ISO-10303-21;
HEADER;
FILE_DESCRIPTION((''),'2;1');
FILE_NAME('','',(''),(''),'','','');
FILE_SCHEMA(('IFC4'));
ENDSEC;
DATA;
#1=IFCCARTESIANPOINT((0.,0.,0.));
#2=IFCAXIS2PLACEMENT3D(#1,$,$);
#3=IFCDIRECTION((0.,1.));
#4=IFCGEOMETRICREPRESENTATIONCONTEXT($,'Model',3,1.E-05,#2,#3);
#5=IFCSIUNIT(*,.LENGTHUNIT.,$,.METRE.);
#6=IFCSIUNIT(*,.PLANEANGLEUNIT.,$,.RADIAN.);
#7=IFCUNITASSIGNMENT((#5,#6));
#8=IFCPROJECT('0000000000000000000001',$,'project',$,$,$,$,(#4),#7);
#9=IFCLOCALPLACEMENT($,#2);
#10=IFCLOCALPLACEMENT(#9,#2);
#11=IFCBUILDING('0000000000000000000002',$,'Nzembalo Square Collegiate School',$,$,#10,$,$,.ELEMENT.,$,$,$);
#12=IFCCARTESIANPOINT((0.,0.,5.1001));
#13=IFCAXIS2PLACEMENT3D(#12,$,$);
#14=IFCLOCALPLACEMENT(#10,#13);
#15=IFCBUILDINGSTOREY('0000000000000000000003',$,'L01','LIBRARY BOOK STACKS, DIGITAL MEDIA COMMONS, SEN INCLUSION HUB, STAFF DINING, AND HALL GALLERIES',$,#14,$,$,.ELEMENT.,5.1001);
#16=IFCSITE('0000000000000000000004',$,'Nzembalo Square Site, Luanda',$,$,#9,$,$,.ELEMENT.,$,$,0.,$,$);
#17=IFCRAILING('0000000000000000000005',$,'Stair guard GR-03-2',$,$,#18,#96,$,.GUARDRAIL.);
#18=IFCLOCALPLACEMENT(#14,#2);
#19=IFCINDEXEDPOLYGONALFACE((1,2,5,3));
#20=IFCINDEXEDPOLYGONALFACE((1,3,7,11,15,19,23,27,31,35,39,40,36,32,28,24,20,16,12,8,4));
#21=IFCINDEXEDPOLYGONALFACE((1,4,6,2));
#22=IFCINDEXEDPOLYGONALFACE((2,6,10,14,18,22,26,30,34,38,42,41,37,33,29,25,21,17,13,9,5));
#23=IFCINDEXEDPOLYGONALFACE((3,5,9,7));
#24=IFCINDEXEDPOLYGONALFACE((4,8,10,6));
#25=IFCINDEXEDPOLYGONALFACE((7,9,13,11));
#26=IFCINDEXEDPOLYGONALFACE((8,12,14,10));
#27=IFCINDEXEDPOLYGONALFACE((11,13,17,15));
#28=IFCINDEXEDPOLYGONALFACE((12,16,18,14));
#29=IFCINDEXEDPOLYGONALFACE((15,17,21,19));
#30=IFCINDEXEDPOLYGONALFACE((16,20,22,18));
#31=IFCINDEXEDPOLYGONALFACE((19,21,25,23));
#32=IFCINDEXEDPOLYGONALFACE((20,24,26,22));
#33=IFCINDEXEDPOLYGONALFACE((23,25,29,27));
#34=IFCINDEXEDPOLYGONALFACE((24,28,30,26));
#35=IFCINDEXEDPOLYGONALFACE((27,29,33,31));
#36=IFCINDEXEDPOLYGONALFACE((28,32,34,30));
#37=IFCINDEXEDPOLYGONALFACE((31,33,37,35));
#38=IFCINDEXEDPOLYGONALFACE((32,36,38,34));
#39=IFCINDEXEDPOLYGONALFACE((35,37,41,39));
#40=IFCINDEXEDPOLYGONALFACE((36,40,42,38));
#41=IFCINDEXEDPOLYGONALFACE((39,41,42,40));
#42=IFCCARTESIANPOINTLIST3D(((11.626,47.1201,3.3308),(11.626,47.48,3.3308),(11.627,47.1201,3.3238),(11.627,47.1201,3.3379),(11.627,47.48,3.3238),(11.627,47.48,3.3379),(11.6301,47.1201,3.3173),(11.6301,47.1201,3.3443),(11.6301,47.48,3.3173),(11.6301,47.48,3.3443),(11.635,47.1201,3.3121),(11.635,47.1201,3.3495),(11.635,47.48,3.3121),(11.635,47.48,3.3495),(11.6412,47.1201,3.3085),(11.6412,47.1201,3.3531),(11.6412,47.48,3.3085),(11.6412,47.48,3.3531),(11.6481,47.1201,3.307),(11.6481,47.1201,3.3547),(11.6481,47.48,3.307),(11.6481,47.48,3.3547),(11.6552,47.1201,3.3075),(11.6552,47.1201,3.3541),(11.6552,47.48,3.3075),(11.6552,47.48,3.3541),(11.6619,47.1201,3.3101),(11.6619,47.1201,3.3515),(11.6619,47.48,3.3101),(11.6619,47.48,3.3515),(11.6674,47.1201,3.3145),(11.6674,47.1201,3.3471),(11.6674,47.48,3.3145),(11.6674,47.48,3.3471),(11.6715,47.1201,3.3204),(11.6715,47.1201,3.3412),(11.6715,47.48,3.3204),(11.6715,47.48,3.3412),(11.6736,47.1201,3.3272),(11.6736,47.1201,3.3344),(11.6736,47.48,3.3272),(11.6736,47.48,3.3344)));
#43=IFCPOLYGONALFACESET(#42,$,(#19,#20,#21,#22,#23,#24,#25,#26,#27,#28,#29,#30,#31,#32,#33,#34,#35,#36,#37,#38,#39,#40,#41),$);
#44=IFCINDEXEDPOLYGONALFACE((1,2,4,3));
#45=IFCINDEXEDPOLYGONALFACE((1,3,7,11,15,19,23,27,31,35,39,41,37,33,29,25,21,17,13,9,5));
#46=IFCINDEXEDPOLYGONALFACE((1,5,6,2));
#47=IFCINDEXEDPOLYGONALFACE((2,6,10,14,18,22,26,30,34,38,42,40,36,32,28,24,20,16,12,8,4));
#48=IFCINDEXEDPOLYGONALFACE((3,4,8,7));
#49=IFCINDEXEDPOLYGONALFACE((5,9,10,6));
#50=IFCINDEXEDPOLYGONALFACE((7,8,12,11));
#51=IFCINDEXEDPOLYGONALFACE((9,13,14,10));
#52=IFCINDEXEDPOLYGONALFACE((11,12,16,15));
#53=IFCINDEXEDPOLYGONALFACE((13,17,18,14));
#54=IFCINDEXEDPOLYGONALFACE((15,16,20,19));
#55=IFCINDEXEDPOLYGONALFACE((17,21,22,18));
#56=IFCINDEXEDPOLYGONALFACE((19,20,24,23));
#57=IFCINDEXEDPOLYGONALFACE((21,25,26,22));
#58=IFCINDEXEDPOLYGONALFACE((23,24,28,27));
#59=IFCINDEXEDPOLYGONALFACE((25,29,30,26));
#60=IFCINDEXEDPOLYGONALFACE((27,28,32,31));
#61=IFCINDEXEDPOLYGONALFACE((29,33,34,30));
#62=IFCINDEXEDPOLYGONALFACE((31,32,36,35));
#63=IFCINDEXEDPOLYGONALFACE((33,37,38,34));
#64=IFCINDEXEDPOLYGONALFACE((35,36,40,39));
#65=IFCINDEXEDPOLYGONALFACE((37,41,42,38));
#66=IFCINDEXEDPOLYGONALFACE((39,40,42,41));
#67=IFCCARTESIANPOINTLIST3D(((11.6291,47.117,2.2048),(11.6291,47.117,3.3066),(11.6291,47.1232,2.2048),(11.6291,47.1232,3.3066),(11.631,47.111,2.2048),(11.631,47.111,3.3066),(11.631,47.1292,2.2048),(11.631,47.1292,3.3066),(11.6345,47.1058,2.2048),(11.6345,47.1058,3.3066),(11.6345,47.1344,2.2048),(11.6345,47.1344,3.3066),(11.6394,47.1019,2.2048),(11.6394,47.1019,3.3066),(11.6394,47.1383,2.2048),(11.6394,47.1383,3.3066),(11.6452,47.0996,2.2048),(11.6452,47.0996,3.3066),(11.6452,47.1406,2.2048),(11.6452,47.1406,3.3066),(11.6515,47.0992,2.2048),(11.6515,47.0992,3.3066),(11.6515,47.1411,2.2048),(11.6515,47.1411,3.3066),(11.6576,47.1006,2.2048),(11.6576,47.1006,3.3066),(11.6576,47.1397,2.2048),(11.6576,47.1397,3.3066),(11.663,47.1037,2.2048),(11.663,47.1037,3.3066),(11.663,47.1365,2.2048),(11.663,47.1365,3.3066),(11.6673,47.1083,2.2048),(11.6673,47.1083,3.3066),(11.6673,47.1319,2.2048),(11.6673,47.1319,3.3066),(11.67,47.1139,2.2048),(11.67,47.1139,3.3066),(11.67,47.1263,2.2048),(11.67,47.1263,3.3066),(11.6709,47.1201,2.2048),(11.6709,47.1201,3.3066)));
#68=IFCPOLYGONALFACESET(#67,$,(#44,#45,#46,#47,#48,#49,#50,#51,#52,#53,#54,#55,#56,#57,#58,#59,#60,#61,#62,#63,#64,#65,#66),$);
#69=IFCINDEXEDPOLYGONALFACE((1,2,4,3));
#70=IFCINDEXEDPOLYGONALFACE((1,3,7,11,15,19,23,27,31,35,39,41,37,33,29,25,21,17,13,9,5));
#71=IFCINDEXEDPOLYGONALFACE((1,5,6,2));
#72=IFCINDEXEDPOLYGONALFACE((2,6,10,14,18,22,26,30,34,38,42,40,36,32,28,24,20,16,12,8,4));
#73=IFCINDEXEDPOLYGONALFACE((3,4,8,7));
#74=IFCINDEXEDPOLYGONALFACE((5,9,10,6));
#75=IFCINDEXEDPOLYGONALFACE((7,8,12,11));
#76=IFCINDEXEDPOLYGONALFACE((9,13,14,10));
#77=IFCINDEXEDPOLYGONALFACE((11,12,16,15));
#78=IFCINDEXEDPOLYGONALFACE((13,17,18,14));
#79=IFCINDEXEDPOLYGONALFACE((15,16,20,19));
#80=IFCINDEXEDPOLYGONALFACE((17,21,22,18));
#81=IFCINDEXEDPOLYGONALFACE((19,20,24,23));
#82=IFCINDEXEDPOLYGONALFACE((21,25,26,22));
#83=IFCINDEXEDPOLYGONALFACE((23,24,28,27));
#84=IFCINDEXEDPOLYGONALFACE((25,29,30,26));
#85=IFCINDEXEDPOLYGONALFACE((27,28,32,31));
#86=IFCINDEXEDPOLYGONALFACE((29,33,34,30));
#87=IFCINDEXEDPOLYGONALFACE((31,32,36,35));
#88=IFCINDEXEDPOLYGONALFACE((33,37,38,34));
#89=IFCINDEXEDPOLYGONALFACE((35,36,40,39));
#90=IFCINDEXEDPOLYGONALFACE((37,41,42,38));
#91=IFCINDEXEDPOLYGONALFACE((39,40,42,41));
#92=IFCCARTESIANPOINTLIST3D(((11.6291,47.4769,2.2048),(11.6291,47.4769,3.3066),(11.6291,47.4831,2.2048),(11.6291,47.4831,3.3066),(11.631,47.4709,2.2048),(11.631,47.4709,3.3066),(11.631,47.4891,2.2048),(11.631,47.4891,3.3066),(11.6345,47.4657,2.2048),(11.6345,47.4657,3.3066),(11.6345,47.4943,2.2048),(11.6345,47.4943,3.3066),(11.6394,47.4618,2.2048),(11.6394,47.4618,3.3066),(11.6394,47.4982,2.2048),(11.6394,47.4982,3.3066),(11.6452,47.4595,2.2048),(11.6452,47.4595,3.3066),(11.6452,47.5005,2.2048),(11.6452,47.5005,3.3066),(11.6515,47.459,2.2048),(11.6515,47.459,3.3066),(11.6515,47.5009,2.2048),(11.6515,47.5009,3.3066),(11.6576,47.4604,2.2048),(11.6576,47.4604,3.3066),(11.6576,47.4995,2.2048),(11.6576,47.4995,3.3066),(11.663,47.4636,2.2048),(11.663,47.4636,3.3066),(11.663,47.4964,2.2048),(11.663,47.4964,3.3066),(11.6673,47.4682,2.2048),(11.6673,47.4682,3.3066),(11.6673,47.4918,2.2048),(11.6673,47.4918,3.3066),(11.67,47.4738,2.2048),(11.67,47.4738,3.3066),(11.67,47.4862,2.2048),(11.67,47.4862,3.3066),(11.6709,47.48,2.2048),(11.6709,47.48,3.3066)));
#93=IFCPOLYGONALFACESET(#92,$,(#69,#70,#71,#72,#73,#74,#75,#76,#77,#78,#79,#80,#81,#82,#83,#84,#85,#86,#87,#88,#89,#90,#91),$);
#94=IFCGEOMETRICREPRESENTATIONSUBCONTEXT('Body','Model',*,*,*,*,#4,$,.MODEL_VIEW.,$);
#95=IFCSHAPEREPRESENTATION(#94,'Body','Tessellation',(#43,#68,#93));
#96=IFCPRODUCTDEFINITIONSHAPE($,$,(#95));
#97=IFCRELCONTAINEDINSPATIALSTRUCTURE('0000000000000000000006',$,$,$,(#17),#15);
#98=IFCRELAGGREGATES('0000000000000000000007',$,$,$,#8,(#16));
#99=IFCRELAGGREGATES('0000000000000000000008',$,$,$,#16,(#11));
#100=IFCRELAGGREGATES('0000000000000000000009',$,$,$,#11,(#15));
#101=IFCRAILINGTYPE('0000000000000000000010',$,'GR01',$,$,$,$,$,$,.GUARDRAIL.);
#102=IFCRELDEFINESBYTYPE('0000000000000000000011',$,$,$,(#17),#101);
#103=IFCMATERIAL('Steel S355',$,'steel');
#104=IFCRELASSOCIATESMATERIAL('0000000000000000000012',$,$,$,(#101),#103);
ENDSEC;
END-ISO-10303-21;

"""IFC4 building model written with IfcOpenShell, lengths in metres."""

from ifc_helpers import new_model, si_unit, direction, frame, origin, origin_2d, place, context, subcontext, project, spatial, circle, extrude, material, type_object, element, save


model = new_model("IFC4")

# Units and contexts
model_context = context("Model", 3, precision=1e-05, world=origin(), true_north=direction((0.0, 1.0)))
body_context = subcontext(model_context, "Body", "Model", "MODEL_VIEW")
ifc_project = project(units=[si_unit("LENGTHUNIT", "METRE"), si_unit("PLANEANGLEUNIT", "RADIAN")], contexts=[model_context])

# Site, building, storey
site_placement = place(None, origin())
site = spatial("IfcSite", under=ifc_project, at=site_placement, Name="Nzembalo Square Site, Luanda", CompositionType="ELEMENT", RefElevation=0.0)
building_placement = place(site_placement, origin())
building = spatial("IfcBuilding", under=site, at=building_placement, Name="Nzembalo Square Collegiate School", CompositionType="ELEMENT")
storey_placement = place(building_placement, frame((0.0, 0.0, 5.1001)))
storey = spatial("IfcBuildingStorey", under=building, at=storey_placement, Name="L01", Description="LIBRARY BOOK STACKS, DIGITAL MEDIA COMMONS, SEN INCLUSION HUB, STAFF DINING, AND HALL GALLERIES", CompositionType="ELEMENT", Elevation=5.1001)

# Railing
ifc_material_1 = material(Name="Steel S355", Category="steel")
railing_type_1 = type_object("IfcRailingType", Name="GR01", PredefinedType="GUARDRAIL", material=ifc_material_1)
railing_1_placement = place(storey_placement, frame((11.6499, 47.1201, 2.2048)))
element("IfcRailing", 1, at=railing_1_placement, inside=storey, type_object=railing_type_1, Name="Stair guard GR-03-2", PredefinedType="GUARDRAIL", context=body_context, shape_type="SweptSolid", body=[
    extrude(circle(Radius=0.0239, at=origin_2d()), frame((0.0, 0.0, 1.126), z_axis=(0.0, 1.0, 0.0), x_axis=(-1.0, 0.0, 0.0)), (0.0, 0.0, 1.0), 0.3599),
    extrude(circle(Radius=0.021, at=origin_2d()), origin(), (0.0, 0.0, 1.0), 1.1018),
    extrude(circle(Radius=0.021, at=origin_2d()), frame((0.0, 0.3599, 0.0)), (0.0, 0.0, 1.0), 1.1018),
])

save(model, "model.ifc")
